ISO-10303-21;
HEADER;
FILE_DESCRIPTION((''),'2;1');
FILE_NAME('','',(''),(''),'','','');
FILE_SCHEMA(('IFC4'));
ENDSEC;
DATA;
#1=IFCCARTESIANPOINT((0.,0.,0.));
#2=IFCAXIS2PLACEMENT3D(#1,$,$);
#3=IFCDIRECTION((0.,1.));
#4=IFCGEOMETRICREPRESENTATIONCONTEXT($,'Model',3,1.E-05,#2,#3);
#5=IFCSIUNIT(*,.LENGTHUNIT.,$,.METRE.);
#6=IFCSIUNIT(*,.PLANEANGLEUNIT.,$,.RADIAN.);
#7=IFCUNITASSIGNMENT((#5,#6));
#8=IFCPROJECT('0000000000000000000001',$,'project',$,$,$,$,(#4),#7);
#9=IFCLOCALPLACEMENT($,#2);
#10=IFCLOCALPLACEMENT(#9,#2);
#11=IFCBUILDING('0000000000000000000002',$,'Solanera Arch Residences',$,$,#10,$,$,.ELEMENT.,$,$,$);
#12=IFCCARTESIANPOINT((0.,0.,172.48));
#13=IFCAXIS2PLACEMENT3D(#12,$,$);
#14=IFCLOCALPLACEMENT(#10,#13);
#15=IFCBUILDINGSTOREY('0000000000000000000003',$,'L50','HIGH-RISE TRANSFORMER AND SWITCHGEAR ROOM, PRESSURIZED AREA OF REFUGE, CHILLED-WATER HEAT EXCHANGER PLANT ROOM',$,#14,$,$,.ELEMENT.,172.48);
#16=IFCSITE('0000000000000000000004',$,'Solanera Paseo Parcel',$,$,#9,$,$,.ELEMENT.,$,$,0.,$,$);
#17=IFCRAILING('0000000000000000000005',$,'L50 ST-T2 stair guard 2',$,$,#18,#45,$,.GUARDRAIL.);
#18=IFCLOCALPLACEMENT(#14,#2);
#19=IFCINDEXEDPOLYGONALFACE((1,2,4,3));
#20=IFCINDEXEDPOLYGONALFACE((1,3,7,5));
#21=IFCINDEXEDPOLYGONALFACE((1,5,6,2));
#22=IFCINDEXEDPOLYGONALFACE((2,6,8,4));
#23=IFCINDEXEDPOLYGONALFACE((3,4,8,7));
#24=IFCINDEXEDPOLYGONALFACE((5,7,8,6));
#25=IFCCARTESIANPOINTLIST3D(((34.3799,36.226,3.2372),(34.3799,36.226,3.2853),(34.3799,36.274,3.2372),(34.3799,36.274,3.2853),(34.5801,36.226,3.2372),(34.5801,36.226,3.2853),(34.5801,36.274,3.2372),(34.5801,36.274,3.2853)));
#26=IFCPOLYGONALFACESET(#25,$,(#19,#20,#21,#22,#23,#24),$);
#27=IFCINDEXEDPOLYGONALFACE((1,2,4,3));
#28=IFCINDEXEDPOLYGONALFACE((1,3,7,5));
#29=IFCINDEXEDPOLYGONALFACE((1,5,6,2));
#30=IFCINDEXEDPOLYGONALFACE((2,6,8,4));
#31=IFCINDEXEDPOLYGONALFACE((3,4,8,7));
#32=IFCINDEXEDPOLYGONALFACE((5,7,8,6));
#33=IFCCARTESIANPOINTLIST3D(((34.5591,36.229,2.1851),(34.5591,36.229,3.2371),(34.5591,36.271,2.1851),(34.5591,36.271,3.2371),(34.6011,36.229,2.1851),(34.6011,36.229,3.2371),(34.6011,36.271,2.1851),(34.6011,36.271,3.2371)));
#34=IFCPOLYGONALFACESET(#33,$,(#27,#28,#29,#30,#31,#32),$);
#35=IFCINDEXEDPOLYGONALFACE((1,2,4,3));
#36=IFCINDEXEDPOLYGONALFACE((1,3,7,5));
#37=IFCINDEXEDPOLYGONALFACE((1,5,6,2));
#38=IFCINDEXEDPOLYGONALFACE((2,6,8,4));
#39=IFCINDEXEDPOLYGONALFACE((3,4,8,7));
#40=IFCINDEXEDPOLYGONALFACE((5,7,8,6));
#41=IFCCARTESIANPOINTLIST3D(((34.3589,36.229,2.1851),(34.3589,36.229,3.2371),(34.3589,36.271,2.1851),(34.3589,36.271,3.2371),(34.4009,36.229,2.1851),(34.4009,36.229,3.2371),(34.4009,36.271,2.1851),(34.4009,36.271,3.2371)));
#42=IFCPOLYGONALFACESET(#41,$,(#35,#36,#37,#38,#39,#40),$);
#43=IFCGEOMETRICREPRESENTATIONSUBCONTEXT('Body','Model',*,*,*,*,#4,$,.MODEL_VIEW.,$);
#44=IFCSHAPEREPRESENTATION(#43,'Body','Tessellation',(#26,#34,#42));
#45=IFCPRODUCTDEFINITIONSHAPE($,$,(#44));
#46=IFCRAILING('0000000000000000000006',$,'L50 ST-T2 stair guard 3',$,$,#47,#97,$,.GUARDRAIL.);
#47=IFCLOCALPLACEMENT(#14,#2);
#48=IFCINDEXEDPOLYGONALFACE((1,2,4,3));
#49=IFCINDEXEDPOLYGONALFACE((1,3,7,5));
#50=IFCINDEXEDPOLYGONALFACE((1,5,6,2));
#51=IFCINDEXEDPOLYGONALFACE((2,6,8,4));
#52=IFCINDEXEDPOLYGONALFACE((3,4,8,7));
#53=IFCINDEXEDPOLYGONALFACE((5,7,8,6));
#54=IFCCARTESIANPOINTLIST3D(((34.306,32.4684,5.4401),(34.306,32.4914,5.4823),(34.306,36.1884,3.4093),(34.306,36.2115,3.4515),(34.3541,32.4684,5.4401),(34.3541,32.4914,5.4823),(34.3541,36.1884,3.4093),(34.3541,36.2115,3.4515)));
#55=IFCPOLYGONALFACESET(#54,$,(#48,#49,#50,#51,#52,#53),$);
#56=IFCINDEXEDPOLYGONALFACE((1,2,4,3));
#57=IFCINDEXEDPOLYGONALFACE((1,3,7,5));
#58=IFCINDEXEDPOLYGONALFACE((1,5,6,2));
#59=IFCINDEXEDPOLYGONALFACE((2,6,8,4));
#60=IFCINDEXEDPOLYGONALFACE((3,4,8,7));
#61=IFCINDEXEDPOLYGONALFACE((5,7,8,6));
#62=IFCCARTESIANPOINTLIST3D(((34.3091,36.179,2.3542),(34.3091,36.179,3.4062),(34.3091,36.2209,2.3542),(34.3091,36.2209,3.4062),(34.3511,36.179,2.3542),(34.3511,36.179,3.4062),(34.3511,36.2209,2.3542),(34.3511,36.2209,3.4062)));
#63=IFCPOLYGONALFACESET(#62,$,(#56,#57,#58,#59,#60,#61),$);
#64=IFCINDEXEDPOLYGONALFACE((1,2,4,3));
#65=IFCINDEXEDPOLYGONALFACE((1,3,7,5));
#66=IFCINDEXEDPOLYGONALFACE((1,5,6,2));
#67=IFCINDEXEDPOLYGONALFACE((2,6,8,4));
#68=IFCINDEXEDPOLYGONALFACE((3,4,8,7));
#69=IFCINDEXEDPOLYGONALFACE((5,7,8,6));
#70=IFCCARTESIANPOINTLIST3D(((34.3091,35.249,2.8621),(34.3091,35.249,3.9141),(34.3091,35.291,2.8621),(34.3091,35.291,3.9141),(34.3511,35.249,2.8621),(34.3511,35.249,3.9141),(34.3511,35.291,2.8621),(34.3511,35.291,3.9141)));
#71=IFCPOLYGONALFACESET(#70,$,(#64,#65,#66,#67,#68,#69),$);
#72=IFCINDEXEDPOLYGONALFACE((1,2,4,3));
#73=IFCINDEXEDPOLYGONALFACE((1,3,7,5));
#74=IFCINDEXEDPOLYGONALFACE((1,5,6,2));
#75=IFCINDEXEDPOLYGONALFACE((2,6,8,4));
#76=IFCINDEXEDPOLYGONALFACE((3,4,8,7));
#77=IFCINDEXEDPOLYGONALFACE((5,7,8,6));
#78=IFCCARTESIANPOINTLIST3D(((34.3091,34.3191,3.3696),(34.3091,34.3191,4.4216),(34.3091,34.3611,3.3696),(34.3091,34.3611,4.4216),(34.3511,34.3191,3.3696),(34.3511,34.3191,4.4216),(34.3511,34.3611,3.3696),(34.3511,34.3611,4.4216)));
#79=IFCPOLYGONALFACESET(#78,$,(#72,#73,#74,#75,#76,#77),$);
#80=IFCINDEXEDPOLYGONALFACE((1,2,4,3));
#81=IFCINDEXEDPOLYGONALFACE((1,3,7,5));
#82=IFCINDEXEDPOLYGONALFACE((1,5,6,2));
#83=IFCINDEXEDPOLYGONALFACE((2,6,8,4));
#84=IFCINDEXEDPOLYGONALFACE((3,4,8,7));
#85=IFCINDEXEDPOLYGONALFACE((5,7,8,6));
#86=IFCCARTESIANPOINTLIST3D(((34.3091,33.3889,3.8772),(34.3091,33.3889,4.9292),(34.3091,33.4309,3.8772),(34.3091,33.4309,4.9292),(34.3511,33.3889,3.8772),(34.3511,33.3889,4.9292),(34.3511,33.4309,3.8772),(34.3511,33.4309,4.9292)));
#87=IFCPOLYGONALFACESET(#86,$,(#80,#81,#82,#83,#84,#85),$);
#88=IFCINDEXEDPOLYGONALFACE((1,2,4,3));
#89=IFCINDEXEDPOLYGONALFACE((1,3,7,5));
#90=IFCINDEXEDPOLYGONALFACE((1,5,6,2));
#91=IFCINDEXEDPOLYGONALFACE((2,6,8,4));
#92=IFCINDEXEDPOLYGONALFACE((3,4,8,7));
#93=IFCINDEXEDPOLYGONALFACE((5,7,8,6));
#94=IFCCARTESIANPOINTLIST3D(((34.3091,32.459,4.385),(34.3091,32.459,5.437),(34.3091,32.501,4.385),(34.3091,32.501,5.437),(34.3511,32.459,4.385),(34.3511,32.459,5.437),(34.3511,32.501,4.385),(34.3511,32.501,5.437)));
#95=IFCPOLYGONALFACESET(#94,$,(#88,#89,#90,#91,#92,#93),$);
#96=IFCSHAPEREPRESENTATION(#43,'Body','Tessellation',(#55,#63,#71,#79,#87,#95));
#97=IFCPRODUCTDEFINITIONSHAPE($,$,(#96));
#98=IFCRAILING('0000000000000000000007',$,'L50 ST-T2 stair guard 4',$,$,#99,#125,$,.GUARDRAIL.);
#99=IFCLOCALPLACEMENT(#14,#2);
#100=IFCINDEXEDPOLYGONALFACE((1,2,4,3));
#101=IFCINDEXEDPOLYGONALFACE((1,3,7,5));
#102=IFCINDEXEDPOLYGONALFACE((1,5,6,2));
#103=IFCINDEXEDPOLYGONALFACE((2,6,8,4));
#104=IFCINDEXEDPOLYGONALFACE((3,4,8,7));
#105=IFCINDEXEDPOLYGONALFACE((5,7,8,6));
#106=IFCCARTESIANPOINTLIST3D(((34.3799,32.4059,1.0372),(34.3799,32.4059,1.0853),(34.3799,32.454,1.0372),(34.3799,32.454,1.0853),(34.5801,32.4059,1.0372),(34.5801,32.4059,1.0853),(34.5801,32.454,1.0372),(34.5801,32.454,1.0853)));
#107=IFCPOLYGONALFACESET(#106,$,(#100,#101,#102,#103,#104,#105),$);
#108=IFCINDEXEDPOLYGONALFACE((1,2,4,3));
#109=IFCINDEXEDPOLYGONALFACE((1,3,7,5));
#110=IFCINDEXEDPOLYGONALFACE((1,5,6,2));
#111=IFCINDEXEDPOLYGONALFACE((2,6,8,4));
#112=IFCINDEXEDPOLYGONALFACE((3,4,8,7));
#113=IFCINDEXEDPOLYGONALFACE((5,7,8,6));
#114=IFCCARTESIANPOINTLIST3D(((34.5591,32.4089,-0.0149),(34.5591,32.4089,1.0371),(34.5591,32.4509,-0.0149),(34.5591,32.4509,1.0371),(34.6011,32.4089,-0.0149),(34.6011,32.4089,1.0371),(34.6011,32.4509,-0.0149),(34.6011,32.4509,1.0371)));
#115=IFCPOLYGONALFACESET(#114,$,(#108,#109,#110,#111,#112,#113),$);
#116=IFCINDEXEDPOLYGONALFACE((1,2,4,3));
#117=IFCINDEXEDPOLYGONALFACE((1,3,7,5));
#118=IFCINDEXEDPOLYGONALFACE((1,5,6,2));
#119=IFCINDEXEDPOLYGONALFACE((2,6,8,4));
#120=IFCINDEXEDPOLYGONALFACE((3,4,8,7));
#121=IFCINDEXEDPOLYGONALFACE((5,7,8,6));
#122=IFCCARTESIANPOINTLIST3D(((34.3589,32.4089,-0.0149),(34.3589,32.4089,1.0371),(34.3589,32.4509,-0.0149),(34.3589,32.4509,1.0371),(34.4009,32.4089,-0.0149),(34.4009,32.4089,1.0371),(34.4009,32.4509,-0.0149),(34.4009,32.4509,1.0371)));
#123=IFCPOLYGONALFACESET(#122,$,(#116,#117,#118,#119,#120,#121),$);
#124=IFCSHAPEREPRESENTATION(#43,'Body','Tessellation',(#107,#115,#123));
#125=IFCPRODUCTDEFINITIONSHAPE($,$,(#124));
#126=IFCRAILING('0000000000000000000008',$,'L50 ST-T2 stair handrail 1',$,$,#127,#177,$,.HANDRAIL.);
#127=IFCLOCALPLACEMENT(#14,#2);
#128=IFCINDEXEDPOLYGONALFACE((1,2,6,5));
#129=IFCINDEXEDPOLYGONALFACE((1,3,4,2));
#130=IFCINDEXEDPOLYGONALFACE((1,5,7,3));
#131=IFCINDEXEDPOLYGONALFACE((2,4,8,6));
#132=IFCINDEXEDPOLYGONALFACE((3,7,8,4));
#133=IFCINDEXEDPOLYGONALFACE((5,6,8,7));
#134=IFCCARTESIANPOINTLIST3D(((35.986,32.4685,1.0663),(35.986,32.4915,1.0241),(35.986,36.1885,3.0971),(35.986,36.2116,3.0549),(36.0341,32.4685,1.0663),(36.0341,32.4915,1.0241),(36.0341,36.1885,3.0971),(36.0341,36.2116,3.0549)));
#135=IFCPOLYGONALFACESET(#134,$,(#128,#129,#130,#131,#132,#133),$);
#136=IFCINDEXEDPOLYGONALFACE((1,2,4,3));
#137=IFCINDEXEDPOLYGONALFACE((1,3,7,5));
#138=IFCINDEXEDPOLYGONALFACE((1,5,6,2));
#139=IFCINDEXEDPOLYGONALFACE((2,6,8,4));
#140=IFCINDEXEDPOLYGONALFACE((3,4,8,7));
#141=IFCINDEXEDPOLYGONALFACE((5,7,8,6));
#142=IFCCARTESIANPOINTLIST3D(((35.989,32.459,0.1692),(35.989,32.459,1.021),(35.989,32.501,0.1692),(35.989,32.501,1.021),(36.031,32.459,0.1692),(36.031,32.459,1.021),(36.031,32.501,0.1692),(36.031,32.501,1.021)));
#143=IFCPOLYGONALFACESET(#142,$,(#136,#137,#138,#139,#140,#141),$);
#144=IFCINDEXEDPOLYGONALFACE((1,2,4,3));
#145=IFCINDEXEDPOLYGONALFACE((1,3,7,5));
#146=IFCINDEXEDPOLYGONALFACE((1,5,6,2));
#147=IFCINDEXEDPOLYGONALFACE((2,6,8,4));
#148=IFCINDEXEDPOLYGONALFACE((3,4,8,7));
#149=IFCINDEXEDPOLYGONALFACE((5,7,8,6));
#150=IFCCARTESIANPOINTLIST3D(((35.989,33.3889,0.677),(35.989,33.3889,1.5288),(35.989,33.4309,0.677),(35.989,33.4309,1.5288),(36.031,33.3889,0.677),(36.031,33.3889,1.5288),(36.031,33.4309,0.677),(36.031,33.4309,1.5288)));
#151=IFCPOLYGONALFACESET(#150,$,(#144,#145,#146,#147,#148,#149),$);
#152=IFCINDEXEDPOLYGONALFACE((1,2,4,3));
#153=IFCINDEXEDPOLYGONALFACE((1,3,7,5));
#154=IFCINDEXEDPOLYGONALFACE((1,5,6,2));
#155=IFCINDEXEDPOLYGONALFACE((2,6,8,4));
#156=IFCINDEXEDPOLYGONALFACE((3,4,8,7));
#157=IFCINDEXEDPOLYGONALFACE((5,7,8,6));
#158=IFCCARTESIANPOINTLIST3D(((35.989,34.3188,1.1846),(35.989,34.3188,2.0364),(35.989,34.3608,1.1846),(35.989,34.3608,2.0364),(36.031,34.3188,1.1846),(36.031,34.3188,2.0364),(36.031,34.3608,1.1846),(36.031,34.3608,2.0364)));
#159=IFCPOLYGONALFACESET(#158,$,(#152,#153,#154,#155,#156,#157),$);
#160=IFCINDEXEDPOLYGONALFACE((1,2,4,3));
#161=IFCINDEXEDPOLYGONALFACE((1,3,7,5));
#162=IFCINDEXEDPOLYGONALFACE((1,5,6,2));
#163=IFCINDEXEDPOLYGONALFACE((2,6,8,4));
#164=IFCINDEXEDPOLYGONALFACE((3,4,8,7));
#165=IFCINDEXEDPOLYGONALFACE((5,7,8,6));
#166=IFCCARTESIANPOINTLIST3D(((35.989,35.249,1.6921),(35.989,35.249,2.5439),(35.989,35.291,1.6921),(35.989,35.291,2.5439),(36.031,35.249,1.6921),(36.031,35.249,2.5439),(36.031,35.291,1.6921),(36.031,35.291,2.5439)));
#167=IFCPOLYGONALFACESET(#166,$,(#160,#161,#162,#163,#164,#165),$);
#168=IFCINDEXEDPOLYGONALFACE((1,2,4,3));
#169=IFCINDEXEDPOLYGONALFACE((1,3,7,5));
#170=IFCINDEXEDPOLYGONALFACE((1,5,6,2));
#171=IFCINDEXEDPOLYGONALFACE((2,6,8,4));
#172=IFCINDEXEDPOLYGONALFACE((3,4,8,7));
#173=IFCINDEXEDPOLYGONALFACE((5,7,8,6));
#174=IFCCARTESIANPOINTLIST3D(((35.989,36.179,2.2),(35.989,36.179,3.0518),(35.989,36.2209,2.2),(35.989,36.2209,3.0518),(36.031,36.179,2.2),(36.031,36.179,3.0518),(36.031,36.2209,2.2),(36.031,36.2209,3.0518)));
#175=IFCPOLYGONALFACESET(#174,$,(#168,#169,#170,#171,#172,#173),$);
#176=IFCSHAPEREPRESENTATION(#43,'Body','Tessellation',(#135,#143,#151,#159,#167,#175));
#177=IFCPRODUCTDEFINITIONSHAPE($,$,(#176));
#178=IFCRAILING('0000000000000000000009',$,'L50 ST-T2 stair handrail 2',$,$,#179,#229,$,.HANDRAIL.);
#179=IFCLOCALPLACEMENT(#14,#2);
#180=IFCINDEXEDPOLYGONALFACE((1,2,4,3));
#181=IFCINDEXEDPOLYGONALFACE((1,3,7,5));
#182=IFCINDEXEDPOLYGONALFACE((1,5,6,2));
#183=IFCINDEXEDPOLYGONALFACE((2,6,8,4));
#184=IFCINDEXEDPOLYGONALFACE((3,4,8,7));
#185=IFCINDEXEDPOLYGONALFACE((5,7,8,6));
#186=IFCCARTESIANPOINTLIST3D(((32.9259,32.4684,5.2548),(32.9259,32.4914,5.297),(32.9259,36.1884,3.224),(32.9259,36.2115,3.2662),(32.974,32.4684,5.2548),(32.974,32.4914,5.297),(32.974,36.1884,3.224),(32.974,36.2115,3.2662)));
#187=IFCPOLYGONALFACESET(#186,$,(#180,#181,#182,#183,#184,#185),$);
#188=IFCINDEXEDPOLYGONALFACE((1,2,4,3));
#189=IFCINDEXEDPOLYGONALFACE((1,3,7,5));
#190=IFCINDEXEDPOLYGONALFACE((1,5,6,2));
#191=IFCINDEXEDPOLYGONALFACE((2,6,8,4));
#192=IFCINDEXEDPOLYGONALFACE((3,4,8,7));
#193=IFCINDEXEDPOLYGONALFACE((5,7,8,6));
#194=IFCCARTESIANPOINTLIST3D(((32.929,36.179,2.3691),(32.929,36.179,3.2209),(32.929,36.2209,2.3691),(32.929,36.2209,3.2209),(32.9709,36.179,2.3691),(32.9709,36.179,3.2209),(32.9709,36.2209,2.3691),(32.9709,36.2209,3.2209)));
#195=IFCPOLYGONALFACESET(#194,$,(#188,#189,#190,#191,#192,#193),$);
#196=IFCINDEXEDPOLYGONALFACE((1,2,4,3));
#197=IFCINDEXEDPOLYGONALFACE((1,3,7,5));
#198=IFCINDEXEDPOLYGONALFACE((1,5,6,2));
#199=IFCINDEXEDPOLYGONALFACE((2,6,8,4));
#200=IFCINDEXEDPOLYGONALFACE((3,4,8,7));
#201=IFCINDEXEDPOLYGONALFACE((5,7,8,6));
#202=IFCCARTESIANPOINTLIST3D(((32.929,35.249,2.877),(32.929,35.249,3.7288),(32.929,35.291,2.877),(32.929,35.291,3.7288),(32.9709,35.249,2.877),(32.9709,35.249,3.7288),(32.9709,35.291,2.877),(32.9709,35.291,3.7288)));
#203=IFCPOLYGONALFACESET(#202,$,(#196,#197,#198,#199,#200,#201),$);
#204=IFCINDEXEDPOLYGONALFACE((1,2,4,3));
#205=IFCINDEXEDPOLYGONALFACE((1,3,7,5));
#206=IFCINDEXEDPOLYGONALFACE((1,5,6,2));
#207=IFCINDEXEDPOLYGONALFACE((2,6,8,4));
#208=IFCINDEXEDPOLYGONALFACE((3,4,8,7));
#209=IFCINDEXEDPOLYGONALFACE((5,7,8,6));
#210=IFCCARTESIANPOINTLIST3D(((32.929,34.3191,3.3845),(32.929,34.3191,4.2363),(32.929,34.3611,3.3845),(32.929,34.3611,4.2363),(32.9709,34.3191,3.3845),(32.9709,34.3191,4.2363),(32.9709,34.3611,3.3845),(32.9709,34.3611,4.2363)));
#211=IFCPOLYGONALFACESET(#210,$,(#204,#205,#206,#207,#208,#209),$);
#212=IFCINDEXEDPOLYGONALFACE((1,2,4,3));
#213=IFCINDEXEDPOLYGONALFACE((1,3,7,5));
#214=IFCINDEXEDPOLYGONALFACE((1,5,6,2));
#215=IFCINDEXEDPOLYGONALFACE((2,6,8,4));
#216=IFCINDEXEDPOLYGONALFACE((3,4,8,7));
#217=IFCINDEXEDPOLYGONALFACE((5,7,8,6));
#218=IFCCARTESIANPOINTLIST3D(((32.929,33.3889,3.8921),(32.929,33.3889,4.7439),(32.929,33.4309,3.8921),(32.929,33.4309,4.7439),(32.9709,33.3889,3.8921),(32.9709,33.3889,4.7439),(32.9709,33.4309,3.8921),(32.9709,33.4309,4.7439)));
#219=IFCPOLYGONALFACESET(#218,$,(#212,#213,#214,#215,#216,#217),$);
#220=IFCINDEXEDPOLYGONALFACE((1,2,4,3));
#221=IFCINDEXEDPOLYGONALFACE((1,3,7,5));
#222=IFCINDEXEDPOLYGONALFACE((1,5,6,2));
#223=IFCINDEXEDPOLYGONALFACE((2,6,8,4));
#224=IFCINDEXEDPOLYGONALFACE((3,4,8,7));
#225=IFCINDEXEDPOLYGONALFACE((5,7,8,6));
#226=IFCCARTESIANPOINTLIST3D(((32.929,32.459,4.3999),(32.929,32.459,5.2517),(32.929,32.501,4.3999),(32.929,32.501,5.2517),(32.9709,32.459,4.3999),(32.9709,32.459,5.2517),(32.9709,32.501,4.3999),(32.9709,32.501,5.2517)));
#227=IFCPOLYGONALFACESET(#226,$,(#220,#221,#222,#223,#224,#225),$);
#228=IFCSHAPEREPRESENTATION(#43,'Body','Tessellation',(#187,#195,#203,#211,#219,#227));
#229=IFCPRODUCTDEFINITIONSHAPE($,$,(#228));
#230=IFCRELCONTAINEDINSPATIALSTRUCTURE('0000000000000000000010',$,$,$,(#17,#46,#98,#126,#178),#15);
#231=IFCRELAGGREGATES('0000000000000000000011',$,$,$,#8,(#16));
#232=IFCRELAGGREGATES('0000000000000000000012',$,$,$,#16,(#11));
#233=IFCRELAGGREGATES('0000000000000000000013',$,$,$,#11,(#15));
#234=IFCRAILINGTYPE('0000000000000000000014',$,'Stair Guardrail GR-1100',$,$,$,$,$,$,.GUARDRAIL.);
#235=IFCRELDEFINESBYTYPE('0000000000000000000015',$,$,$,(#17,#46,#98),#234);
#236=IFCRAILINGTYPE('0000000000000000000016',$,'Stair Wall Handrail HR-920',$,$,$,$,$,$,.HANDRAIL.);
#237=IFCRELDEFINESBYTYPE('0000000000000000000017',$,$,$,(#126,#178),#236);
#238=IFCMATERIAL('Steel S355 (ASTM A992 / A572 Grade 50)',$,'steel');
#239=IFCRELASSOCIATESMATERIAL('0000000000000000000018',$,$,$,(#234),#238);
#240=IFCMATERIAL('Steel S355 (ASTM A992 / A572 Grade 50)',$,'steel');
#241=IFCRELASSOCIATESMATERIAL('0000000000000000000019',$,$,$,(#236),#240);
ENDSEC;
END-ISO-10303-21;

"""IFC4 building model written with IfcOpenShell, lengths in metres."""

from ifc_helpers import new_model, si_unit, direction, frame, origin, origin_2d, place, context, subcontext, project, spatial, rectangle, extrude, material, type_object, element, save


model = new_model("IFC4")

# Units and contexts
model_context = context("Model", 3, precision=1e-05, world=origin(), true_north=direction((0.0, 1.0)))
body_context = subcontext(model_context, "Body", "Model", "MODEL_VIEW")
ifc_project = project(units=[si_unit("LENGTHUNIT", "METRE"), si_unit("PLANEANGLEUNIT", "RADIAN")], contexts=[model_context])

# Site, building, storey
site_placement = place(None, origin())
site = spatial("IfcSite", under=ifc_project, at=site_placement, Name="Solanera Paseo Parcel", CompositionType="ELEMENT", RefElevation=0.0)
building_placement = place(site_placement, origin())
building = spatial("IfcBuilding", under=site, at=building_placement, Name="Solanera Arch Residences", CompositionType="ELEMENT")
storey_placement = place(building_placement, frame((0.0, 0.0, 172.48)))
storey = spatial("IfcBuildingStorey", under=building, at=storey_placement, Name="L50", Description="HIGH-RISE TRANSFORMER AND SWITCHGEAR ROOM, PRESSURIZED AREA OF REFUGE, CHILLED-WATER HEAT EXCHANGER PLANT ROOM", CompositionType="ELEMENT", Elevation=172.48)

# Railings
ifc_material_1 = material(Name="Steel S355 (ASTM A992 / A572 Grade 50)", Category="steel")
railing_type_1 = type_object("IfcRailingType", Name="Stair Guardrail GR-1100", PredefinedType="GUARDRAIL", material=ifc_material_1)
railing_1_placement = place(storey_placement, frame((34.5801, 36.25, 2.1851)))
element("IfcRailing", 1, at=railing_1_placement, inside=storey, type_object=railing_type_1, Name="L50 ST-T2 stair guard 2", PredefinedType="GUARDRAIL", context=body_context, shape_type="SweptSolid", body=[
    extrude(rectangle(XDim=0.0481, YDim=0.0481, at=origin_2d()), frame((0.0, 0.0, 1.0762), z_axis=(-1.0, 0.0, 0.0), x_axis=(0.0, -1.0, 0.0)), (0.0, 0.0, 1.0), 0.2002),
    extrude(rectangle(XDim=0.042, YDim=0.042, at=origin_2d()), origin(), (0.0, 0.0, 1.0), 1.052),
    extrude(rectangle(XDim=0.042, YDim=0.042, at=origin_2d()), frame((-0.2002, 0.0, 0.0)), (0.0, 0.0, 1.0), 1.052),
])
railing_2_placement = place(storey_placement, frame((34.3301, 36.2, 2.3542)))
element("IfcRailing", 2, at=railing_2_placement, inside=storey, type_object=railing_type_1, Name="L50 ST-T2 stair guard 3", PredefinedType="GUARDRAIL", context=body_context, shape_type="SweptSolid", body=[
    extrude(rectangle(XDim=0.0481, YDim=0.0481, at=origin_2d()), frame((0.0, 0.0, 1.0762), z_axis=(0.0, -0.877728, 0.479159), x_axis=(1.0, 0.0, 0.0)), (0.0, 0.0, 1.0), 4.2383),
    extrude(rectangle(XDim=0.042, YDim=0.042, at=origin_2d()), origin(), (0.0, 0.0, 1.0), 1.052),
    extrude(rectangle(XDim=0.042, YDim=0.042, at=origin_2d()), frame((0.0, -0.9299, 0.5078)), (0.0, 0.0, 1.0), 1.052),
    extrude(rectangle(XDim=0.042, YDim=0.042, at=origin_2d()), frame((0.0, -1.8599, 1.0154)), (0.0, 0.0, 1.0), 1.052),
    extrude(rectangle(XDim=0.042, YDim=0.042, at=origin_2d()), frame((0.0, -2.79, 1.5229)), (0.0, 0.0, 1.0), 1.052),
    extrude(rectangle(XDim=0.042, YDim=0.042, at=origin_2d()), frame((0.0, -3.72, 2.0308)), (0.0, 0.0, 1.0), 1.052),
])
railing_3_placement = place(storey_placement, frame((34.5801, 32.4299, -0.0149)))
element("IfcRailing", 3, at=railing_3_placement, inside=storey, type_object=railing_type_1, Name="L50 ST-T2 stair guard 4", PredefinedType="GUARDRAIL", context=body_context, shape_type="SweptSolid", body=[
    extrude(rectangle(XDim=0.0481, YDim=0.0481, at=origin_2d()), frame((0.0, 0.0, 1.0762), z_axis=(-1.0, 0.0, 0.0), x_axis=(0.0, -1.0, 0.0)), (0.0, 0.0, 1.0), 0.2002),
    extrude(rectangle(XDim=0.042, YDim=0.042, at=origin_2d()), origin(), (0.0, 0.0, 1.0), 1.052),
    extrude(rectangle(XDim=0.042, YDim=0.042, at=origin_2d()), frame((-0.2002, 0.0, 0.0)), (0.0, 0.0, 1.0), 1.052),
])
ifc_material_2 = material(Name="Steel S355 (ASTM A992 / A572 Grade 50)", Category="steel")
railing_type_2 = type_object("IfcRailingType", Name="Stair Wall Handrail HR-920", PredefinedType="HANDRAIL", material=ifc_material_2)
railing_4_placement = place(storey_placement, frame((36.01, 32.48, 0.1692)))
element("IfcRailing", 4, at=railing_4_placement, inside=storey, type_object=railing_type_2, Name="L50 ST-T2 stair handrail 1", PredefinedType="HANDRAIL", context=body_context, shape_type="SweptSolid", body=[
    extrude(rectangle(XDim=0.0481, YDim=0.0481, at=origin_2d()), frame((0.0, 0.0, 0.876), z_axis=(0.0, 0.877728, 0.479159), x_axis=(-1.0, 0.0, 0.0)), (0.0, 0.0, 1.0), 4.2383),
    extrude(rectangle(XDim=0.042, YDim=0.042, at=origin_2d()), origin(), (0.0, 0.0, 1.0), 0.8518),
    extrude(rectangle(XDim=0.042, YDim=0.042, at=origin_2d()), frame((0.0, 0.9299, 0.5078)), (0.0, 0.0, 1.0), 0.8518),
    extrude(rectangle(XDim=0.042, YDim=0.042, at=origin_2d()), frame((0.0, 1.8599, 1.0154)), (0.0, 0.0, 1.0), 0.8518),
    extrude(rectangle(XDim=0.042, YDim=0.042, at=origin_2d()), frame((0.0, 2.79, 1.5229)), (0.0, 0.0, 1.0), 0.8518),
    extrude(rectangle(XDim=0.042, YDim=0.042, at=origin_2d()), frame((0.0, 3.72, 2.0308)), (0.0, 0.0, 1.0), 0.8518),
])
railing_5_placement = place(storey_placement, frame((32.95, 36.2, 2.3691)))
element("IfcRailing", 5, at=railing_5_placement, inside=storey, type_object=railing_type_2, Name="L50 ST-T2 stair handrail 2", PredefinedType="HANDRAIL", context=body_context, shape_type="SweptSolid", body=[
    extrude(rectangle(XDim=0.0481, YDim=0.0481, at=origin_2d()), frame((0.0, 0.0, 0.876), z_axis=(0.0, -0.877728, 0.479159), x_axis=(1.0, 0.0, 0.0)), (0.0, 0.0, 1.0), 4.2383),
    extrude(rectangle(XDim=0.042, YDim=0.042, at=origin_2d()), origin(), (0.0, 0.0, 1.0), 0.8518),
    extrude(rectangle(XDim=0.042, YDim=0.042, at=origin_2d()), frame((0.0, -0.9299, 0.5078)), (0.0, 0.0, 1.0), 0.8518),
    extrude(rectangle(XDim=0.042, YDim=0.042, at=origin_2d()), frame((0.0, -1.8599, 1.0154)), (0.0, 0.0, 1.0), 0.8518),
    extrude(rectangle(XDim=0.042, YDim=0.042, at=origin_2d()), frame((0.0, -2.79, 1.5229)), (0.0, 0.0, 1.0), 0.8518),
    extrude(rectangle(XDim=0.042, YDim=0.042, at=origin_2d()), frame((0.0, -3.72, 2.0308)), (0.0, 0.0, 1.0), 0.8518),
])

save(model, "model.ifc")
